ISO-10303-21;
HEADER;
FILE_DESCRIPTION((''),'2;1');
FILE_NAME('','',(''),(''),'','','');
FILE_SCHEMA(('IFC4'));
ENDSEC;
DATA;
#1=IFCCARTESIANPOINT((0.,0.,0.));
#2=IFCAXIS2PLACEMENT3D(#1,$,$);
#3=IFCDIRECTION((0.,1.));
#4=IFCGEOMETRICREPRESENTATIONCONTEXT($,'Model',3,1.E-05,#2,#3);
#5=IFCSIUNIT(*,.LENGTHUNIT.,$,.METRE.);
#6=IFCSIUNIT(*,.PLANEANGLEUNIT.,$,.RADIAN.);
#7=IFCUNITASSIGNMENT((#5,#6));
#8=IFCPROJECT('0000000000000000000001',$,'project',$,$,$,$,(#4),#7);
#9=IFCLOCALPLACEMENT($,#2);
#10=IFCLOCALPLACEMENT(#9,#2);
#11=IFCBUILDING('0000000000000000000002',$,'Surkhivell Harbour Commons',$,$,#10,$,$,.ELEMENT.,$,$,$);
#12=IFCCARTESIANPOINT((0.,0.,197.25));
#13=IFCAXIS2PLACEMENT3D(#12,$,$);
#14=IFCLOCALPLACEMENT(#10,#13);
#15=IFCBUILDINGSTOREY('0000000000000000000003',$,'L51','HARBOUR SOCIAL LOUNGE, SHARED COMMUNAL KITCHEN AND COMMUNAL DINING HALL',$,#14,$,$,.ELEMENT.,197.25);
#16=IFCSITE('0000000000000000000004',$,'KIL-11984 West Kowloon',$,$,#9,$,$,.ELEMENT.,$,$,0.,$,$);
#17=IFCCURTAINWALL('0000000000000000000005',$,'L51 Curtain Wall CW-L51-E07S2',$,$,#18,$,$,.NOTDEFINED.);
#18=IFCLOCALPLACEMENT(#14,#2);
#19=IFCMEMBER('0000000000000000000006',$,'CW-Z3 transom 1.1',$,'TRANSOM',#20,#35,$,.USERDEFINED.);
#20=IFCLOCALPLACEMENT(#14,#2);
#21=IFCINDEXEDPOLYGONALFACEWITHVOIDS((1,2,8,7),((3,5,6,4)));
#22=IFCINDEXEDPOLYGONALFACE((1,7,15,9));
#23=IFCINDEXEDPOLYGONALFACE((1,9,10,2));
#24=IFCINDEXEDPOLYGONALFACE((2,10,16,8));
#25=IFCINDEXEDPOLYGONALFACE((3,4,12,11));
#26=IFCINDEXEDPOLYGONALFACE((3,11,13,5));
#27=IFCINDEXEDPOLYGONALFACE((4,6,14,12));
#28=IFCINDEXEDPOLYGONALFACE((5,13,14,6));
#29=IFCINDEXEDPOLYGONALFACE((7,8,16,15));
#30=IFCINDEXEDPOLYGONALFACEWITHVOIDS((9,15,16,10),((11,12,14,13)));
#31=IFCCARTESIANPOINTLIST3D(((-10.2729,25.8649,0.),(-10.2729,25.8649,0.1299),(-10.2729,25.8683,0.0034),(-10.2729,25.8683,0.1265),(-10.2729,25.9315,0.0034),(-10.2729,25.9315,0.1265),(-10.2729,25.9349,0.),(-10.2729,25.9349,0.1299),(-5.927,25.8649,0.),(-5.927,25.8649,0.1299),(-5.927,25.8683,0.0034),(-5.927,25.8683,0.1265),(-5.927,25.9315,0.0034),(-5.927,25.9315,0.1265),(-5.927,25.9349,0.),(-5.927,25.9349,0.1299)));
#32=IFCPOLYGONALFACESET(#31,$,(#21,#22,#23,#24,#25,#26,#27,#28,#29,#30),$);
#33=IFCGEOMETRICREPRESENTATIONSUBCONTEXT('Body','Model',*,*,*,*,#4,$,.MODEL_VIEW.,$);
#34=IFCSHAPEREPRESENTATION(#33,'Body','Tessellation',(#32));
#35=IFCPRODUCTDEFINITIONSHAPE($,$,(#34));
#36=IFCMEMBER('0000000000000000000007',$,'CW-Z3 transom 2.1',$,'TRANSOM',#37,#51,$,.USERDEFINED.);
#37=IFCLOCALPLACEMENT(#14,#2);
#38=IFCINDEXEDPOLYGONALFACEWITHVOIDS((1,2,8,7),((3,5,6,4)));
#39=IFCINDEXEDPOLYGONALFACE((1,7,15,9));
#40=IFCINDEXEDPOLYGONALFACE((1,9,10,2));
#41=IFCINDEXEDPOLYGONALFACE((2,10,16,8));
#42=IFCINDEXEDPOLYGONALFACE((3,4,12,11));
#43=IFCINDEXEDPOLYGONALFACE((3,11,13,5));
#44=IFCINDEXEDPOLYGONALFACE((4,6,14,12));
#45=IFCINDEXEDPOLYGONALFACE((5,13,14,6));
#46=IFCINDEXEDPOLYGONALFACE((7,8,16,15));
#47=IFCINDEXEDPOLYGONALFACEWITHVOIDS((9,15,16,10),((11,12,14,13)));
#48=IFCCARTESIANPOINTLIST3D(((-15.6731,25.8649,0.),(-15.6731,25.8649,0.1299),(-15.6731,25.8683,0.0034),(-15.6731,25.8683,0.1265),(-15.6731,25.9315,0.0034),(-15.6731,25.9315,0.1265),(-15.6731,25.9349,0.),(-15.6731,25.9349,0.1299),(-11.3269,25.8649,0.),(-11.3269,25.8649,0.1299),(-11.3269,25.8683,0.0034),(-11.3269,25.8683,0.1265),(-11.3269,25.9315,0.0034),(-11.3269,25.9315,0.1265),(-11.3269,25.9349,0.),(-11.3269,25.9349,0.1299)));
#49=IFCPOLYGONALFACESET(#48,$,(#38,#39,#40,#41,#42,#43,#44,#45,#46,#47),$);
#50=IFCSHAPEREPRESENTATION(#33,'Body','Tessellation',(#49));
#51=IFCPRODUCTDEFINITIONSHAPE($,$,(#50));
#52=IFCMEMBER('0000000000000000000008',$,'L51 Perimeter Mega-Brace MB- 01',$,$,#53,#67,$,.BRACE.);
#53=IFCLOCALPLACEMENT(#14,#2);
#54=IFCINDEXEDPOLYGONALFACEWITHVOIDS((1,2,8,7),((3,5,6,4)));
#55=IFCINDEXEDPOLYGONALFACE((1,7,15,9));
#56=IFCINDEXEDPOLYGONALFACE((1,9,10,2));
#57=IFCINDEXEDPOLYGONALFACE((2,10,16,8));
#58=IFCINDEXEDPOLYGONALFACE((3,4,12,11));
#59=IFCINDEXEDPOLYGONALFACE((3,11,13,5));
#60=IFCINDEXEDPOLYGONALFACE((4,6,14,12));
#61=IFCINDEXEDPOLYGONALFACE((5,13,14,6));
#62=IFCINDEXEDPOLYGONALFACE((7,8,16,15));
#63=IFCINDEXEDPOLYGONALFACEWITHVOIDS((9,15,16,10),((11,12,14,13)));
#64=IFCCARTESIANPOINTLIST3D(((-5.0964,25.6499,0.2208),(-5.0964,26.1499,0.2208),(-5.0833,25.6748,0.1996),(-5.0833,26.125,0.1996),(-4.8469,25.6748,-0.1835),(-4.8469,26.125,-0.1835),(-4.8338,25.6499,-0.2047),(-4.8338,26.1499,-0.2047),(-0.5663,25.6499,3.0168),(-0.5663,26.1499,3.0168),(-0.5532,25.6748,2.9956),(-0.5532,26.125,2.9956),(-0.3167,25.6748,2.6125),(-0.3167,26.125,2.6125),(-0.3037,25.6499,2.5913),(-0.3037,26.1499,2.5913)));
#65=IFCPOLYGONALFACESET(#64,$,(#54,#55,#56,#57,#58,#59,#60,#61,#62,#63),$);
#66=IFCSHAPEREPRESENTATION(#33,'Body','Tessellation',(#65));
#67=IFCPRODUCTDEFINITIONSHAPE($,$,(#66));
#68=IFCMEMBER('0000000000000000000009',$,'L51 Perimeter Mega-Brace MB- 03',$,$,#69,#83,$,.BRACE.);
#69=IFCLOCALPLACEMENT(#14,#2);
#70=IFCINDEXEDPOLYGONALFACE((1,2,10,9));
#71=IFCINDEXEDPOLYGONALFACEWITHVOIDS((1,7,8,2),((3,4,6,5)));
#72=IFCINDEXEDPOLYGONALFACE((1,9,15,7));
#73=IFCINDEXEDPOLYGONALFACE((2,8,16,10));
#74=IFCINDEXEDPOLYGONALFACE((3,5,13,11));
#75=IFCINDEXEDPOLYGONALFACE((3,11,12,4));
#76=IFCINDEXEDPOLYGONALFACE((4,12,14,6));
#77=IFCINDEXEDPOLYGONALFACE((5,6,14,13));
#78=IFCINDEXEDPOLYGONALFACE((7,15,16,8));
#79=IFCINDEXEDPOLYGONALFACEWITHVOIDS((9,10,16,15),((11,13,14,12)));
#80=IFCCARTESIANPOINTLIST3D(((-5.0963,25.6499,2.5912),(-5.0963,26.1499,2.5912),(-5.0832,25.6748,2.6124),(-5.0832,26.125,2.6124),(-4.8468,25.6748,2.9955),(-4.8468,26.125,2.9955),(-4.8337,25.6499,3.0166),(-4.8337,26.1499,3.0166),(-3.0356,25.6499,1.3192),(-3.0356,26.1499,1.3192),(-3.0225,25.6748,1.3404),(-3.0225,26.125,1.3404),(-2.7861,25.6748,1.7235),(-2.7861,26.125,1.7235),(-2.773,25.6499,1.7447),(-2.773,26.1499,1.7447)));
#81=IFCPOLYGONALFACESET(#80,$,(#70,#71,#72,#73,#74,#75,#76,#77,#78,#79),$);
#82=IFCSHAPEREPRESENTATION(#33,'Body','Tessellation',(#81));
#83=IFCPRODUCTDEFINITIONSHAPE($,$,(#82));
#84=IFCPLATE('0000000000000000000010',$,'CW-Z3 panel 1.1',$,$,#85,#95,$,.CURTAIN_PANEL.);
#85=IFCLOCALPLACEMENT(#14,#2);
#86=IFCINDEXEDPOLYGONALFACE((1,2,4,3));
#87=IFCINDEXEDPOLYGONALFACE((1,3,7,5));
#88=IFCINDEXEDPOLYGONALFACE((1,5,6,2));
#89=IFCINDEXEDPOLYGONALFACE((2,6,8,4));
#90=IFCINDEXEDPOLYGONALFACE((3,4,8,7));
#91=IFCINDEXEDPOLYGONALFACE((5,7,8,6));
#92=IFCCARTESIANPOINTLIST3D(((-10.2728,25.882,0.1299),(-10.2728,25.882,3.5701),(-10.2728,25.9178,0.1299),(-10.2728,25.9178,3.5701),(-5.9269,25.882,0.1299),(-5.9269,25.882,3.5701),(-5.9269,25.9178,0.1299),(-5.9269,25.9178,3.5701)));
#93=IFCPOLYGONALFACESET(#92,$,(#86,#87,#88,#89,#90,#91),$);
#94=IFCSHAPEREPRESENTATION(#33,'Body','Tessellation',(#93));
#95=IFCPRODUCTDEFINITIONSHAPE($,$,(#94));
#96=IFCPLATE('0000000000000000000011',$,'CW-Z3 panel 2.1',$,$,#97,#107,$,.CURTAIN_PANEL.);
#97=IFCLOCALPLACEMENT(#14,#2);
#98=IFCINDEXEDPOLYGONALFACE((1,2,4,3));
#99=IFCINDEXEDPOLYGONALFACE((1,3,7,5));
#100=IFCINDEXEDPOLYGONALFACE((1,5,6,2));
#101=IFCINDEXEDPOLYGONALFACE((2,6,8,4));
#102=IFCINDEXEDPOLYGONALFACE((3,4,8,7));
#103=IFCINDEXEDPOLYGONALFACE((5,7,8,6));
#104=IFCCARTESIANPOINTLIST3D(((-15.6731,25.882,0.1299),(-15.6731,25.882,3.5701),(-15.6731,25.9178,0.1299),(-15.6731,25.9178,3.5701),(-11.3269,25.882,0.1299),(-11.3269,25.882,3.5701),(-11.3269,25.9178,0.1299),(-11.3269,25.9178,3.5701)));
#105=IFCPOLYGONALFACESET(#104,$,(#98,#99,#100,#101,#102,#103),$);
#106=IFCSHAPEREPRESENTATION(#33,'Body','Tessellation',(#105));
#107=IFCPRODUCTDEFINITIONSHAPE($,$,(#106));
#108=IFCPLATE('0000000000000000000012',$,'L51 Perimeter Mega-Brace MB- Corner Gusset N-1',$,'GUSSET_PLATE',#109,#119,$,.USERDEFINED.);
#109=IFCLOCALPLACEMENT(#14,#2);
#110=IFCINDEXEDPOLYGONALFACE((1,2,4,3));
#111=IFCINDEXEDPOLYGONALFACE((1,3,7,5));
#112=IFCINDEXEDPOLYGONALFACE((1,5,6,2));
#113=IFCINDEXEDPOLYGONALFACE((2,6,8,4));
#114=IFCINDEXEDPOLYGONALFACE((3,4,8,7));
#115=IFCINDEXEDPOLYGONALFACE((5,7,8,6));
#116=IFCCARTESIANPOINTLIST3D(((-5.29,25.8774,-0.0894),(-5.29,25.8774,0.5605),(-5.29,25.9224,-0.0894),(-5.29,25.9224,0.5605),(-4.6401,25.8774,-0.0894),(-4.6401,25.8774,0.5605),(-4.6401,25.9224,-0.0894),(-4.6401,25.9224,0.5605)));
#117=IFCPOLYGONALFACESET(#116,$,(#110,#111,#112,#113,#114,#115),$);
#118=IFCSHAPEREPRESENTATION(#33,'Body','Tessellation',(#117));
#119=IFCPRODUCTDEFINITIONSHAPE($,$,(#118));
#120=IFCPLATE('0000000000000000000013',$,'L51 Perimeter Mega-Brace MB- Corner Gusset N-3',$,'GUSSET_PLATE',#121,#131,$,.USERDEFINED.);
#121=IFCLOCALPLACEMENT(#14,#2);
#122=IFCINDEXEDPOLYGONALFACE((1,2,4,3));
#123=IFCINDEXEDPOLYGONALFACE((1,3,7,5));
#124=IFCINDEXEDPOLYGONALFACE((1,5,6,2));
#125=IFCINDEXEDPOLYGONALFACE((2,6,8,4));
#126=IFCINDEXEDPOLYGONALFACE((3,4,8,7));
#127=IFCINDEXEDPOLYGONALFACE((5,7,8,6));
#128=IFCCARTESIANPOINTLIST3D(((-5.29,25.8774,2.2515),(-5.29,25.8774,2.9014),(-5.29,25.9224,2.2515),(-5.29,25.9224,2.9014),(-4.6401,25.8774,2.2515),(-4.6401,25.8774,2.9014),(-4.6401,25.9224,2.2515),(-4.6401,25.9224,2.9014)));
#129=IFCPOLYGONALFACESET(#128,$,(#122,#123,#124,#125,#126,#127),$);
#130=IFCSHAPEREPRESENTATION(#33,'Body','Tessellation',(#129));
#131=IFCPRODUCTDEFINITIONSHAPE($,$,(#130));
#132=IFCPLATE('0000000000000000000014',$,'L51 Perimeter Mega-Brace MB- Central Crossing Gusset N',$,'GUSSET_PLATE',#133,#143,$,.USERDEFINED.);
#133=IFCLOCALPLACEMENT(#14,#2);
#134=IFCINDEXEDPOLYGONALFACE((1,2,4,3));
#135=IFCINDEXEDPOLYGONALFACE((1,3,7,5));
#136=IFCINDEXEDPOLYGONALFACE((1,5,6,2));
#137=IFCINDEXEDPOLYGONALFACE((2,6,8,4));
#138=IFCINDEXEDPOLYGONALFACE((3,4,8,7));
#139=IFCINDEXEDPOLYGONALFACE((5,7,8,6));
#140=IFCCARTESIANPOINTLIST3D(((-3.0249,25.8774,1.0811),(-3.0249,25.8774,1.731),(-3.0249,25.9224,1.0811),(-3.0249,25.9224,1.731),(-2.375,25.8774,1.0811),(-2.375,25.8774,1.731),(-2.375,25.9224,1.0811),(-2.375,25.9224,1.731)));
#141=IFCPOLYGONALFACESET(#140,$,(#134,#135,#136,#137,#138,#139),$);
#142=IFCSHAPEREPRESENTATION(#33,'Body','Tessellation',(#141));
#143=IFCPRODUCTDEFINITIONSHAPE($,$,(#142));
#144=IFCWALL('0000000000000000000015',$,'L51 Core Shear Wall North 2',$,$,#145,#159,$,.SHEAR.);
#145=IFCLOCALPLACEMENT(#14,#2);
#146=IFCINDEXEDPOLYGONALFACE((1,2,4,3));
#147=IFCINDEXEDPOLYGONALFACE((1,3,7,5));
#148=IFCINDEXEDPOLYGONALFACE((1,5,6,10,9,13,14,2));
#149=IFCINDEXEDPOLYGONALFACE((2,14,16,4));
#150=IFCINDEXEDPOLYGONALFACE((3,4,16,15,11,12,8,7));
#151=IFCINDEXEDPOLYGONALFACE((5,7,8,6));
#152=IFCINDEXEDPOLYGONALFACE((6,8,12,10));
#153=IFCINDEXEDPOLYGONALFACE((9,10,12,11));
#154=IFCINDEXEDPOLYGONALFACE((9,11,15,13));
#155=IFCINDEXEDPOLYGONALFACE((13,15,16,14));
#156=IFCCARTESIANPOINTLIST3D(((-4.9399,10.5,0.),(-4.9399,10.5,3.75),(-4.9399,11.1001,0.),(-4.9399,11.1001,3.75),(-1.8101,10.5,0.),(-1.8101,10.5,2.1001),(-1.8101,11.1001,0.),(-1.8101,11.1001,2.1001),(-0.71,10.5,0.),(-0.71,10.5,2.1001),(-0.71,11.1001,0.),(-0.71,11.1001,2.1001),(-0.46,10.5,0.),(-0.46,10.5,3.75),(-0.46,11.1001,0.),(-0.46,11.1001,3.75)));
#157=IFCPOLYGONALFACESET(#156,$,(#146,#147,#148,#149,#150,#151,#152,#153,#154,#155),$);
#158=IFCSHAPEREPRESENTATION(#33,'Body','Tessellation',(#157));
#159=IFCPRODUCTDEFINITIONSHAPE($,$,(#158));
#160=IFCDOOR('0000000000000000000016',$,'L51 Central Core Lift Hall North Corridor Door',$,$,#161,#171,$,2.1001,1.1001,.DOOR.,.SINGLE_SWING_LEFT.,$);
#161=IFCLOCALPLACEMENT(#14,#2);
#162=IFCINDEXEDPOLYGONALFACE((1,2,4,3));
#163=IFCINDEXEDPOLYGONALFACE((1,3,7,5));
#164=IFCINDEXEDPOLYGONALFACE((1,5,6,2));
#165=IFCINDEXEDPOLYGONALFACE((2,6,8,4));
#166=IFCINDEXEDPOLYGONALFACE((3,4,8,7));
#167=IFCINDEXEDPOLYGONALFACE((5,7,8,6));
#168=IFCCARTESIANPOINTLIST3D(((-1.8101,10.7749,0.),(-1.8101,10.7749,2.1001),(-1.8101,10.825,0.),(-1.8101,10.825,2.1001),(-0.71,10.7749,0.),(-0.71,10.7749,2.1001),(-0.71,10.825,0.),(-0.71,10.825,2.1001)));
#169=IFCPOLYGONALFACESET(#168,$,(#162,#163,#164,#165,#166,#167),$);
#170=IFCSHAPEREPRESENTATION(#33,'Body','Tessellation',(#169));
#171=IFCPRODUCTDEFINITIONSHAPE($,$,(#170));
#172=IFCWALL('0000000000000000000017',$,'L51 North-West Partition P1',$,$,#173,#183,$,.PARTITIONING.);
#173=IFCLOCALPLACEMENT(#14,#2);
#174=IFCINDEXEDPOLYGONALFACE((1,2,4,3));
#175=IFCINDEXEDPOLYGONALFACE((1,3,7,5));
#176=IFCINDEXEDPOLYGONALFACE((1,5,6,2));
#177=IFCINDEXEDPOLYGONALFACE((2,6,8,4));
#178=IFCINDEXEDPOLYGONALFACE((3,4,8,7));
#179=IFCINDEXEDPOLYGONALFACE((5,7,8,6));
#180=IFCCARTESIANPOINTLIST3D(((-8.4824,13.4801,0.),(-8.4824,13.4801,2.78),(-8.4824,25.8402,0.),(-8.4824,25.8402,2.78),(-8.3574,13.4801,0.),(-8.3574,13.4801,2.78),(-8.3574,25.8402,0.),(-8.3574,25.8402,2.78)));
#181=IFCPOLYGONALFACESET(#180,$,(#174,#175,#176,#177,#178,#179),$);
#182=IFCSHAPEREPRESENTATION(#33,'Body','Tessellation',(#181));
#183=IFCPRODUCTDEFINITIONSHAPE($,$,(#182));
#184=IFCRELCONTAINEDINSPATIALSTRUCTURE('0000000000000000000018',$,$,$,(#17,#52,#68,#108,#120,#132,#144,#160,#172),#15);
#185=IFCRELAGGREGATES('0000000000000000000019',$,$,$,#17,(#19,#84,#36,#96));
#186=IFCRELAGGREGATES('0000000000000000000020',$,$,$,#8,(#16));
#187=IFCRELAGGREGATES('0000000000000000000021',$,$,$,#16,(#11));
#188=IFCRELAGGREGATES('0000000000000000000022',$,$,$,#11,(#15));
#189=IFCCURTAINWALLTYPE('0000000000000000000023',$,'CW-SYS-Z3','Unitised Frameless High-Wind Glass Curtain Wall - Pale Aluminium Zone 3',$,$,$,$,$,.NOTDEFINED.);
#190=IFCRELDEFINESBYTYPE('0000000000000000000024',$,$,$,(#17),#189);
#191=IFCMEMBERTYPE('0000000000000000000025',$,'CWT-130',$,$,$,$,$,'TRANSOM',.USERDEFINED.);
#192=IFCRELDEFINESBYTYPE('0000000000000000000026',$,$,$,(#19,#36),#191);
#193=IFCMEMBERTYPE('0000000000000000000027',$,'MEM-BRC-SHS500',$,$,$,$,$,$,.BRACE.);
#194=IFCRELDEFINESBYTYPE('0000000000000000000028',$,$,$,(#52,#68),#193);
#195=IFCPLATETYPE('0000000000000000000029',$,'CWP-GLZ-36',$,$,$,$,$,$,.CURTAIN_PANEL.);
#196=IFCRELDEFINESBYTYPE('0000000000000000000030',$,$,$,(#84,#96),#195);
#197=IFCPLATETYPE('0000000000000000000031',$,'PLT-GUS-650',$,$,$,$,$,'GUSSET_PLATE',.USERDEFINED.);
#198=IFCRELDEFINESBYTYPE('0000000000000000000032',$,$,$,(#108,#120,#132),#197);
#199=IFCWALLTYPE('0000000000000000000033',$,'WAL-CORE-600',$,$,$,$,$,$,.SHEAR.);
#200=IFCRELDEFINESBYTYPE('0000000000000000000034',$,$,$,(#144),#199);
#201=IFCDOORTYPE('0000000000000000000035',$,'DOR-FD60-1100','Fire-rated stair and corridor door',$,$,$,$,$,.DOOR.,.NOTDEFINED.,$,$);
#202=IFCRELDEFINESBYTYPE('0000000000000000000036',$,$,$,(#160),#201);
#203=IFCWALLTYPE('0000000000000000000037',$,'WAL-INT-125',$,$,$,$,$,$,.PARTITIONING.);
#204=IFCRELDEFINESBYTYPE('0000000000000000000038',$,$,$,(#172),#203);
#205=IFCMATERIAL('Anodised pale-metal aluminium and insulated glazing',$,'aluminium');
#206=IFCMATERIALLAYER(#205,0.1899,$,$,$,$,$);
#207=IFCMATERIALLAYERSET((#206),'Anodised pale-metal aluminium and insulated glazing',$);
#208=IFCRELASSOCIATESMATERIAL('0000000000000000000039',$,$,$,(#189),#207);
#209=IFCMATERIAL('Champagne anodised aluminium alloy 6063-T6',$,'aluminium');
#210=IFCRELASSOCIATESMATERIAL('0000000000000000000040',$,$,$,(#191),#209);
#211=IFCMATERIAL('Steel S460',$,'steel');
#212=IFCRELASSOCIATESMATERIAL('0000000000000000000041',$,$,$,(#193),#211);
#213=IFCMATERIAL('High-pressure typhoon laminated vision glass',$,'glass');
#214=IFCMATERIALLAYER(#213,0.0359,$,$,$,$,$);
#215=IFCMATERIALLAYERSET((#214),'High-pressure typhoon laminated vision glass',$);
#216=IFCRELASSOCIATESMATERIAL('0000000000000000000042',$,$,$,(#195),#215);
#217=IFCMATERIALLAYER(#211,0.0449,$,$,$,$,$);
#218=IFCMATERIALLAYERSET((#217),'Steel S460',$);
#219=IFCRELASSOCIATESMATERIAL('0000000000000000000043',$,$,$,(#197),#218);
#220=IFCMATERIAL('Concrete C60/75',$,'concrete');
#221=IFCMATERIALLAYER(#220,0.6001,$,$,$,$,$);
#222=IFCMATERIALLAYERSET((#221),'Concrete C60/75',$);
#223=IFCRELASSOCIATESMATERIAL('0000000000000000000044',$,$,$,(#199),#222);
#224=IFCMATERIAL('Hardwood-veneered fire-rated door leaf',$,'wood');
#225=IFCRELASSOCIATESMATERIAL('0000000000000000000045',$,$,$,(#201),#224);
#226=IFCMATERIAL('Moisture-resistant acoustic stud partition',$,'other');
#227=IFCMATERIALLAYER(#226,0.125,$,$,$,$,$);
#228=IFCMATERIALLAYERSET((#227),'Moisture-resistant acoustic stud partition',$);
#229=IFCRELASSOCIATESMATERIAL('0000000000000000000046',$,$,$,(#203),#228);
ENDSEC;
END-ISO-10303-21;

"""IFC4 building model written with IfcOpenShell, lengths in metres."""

from ifc_helpers import new_model, si_unit, direction, frame, frame_2d, origin, origin_2d, place, context, subcontext, project, spatial, rectangle, hollow_rectangle, extrude, material, layer, layer_set, material_profile, profile_set, type_object, element, fill, aggregate, save


model = new_model("IFC4")

# Units and contexts
model_context = context("Model", 3, precision=1e-05, world=origin(), true_north=direction((0.0, 1.0)))
body_context = subcontext(model_context, "Body", "Model", "MODEL_VIEW")
ifc_project = project(units=[si_unit("LENGTHUNIT", "METRE"), si_unit("PLANEANGLEUNIT", "RADIAN")], contexts=[model_context])

# Site, building, storey
site_placement = place(None, origin())
site = spatial("IfcSite", under=ifc_project, at=site_placement, Name="KIL-11984 West Kowloon", CompositionType="ELEMENT", RefElevation=0.0)
building_placement = place(site_placement, origin())
building = spatial("IfcBuilding", under=site, at=building_placement, Name="Surkhivell Harbour Commons", CompositionType="ELEMENT")
storey_placement = place(building_placement, frame((0.0, 0.0, 197.25)))
storey = spatial("IfcBuildingStorey", under=building, at=storey_placement, Name="L51", Description="HARBOUR SOCIAL LOUNGE, SHARED COMMUNAL KITCHEN AND COMMUNAL DINING HALL", CompositionType="ELEMENT", Elevation=197.25)

# Shared definitions
ifc_material_1 = material(Name="Concrete C60/75", Category="concrete")

# Curtain wall, members
ifc_material_2 = material(Name="Anodised pale-metal aluminium and insulated glazing", Category="aluminium")
ifc_layer_1 = layer(ifc_material_2, 0.1899)
ifc_layer_set_1 = layer_set([ifc_layer_1], Name="Anodised pale-metal aluminium and insulated glazing")
curtain_wall_type = type_object("IfcCurtainWallType", Name="CW-SYS-Z3", Description="Unitised Frameless High-Wind Glass Curtain Wall - Pale Aluminium Zone 3", PredefinedType="NOTDEFINED", material=ifc_layer_set_1)
curtain_wall_placement = place(storey_placement, origin())
curtain_wall = element("IfcCurtainWall", 1, at=curtain_wall_placement, inside=storey, type_object=curtain_wall_type, Name="L51 Curtain Wall CW-L51-E07S2", PredefinedType="NOTDEFINED")
ifc_material_3 = material(Name="Champagne anodised aluminium alloy 6063-T6", Category="aluminium")
ifc_material_profile_1 = material_profile(ifc_material_3, hollow_rectangle(XDim=0.0701, YDim=0.1299, WallThickness=0.0034, at=origin_2d()), Name="ALU-TRAN-70x130")
ifc_profile_set_1 = profile_set([ifc_material_profile_1], Name="Champagne anodised aluminium alloy 6063-T6")
member_type_1 = type_object("IfcMemberType", Name="CWT-130", ElementType="TRANSOM", PredefinedType="USERDEFINED", material=ifc_profile_set_1)
member_1_placement = place(storey_placement, frame((-5.927, 25.8999, 0.0649), z_axis=(-1.0, 0.0, 0.0), x_axis=(0.0, -1.0, 0.0)))
member_1 = element("IfcMember", 2, at=member_1_placement, type_object=member_type_1, Name="CW-Z3 transom 1.1", ObjectType="TRANSOM", PredefinedType="USERDEFINED", context=body_context, shape_type="SweptSolid", body=[
    extrude(hollow_rectangle(XDim=0.0701, YDim=0.1299, WallThickness=0.0034, at=origin_2d()), origin(), (0.0, 0.0, 1.0), 4.3459),
])
member_2_placement = place(storey_placement, frame((-11.3269, 25.8999, 0.0649), z_axis=(-1.0, 0.0, 0.0), x_axis=(0.0, -1.0, 0.0)))
member_2 = element("IfcMember", 3, at=member_2_placement, type_object=member_type_1, Name="CW-Z3 transom 2.1", ObjectType="TRANSOM", PredefinedType="USERDEFINED", context=body_context, shape_type="SweptSolid", body=[
    extrude(hollow_rectangle(XDim=0.0701, YDim=0.1299, WallThickness=0.0034, at=origin_2d()), origin(), (0.0, 0.0, 1.0), 4.3462),
])

# Members
ifc_material_4 = material(Name="Steel S460", Category="steel")
ifc_material_profile_2 = material_profile(ifc_material_4, hollow_rectangle(XDim=0.5, YDim=0.5, WallThickness=0.0249, at=origin_2d()), Name="SHS500x500x25")
ifc_profile_set_2 = profile_set([ifc_material_profile_2], Name="Steel S460")
member_type_2 = type_object("IfcMemberType", Name="MEM-BRC-SHS500", PredefinedType="BRACE", material=ifc_profile_set_2)
member_3_placement = place(storey_placement, frame((-4.9651, 25.8999, 0.0081), z_axis=(0.850971, 0.0, 0.525213), x_axis=(0.0, 1.0, 0.0)))
element("IfcMember", 4, at=member_3_placement, inside=storey, type_object=member_type_2, Name="L51 Perimeter Mega-Brace MB- 01", PredefinedType="BRACE", context=body_context, shape_type="SweptSolid", body=[
    extrude(hollow_rectangle(XDim=0.5, YDim=0.5, WallThickness=0.0249, at=origin_2d()), origin(), (0.0, 0.0, 1.0), 5.3235),
])
member_4_placement = place(storey_placement, frame((-2.9043, 25.8999, 1.532), z_axis=(-0.850958, 0.0, 0.525233), x_axis=(0.0, -1.0, 0.0)))
element("IfcMember", 5, at=member_4_placement, inside=storey, type_object=member_type_2, Name="L51 Perimeter Mega-Brace MB- 03", PredefinedType="BRACE", context=body_context, shape_type="SweptSolid", body=[
    extrude(hollow_rectangle(XDim=0.5, YDim=0.5, WallThickness=0.0249, at=origin_2d()), origin(), (0.0, 0.0, 1.0), 2.4216),
])

# Plates
ifc_material_5 = material(Name="High-pressure typhoon laminated vision glass", Category="glass")
ifc_layer_2 = layer(ifc_material_5, 0.0359)
ifc_layer_set_2 = layer_set([ifc_layer_2], Name="High-pressure typhoon laminated vision glass")
plate_type_1 = type_object("IfcPlateType", Name="CWP-GLZ-36", PredefinedType="CURTAIN_PANEL", material=ifc_layer_set_2)
plate_1_placement = place(storey_placement, frame((-5.927, 25.8999, 0.1299), z_axis=(0.0, 0.0, 1.0), x_axis=(-1.0, 0.0, 0.0)))
plate_1 = element("IfcPlate", 6, at=plate_1_placement, type_object=plate_type_1, Name="CW-Z3 panel 1.1", PredefinedType="CURTAIN_PANEL", context=body_context, shape_type="SweptSolid", body=[
    extrude(rectangle(XDim=4.3459, YDim=0.0359, at=frame_2d((2.1729, 0.0))), origin(), (0.0, 0.0, 1.0), 3.4402),
])
plate_2_placement = place(storey_placement, frame((-11.3269, 25.8999, 0.1299), z_axis=(0.0, 0.0, 1.0), x_axis=(-1.0, 0.0, 0.0)))
plate_2 = element("IfcPlate", 7, at=plate_2_placement, type_object=plate_type_1, Name="CW-Z3 panel 2.1", PredefinedType="CURTAIN_PANEL", context=body_context, shape_type="SweptSolid", body=[
    extrude(rectangle(XDim=4.3462, YDim=0.0359, at=frame_2d((2.1731, 0.0))), origin(), (0.0, 0.0, 1.0), 3.4402),
])
aggregate(curtain_wall, [member_1, plate_1, member_2, plate_2])

# Plates
ifc_layer_3 = layer(ifc_material_4, 0.0449)
ifc_layer_set_3 = layer_set([ifc_layer_3], Name="Steel S460")
plate_type_2 = type_object("IfcPlateType", Name="PLT-GUS-650", ElementType="GUSSET_PLATE", PredefinedType="USERDEFINED", material=ifc_layer_set_3)
for number, where, z_axis, x_axis, name in (
    (8, (-4.9651, 25.8999, -0.0894), (0.0, 0.0, 1.0), (1.0, 0.0, 0.0), "L51 Perimeter Mega-Brace MB- Corner Gusset N-1"),
    (9, (-4.9651, 25.8999, 2.2515), (0.0, 0.0, 1.0), (1.0, 0.0, 0.0), "L51 Perimeter Mega-Brace MB- Corner Gusset N-3"),
    (10, (-2.7, 25.8999, 1.0811), (0.0, 0.0, 1.0), (1.0, 0.0, 0.0), "L51 Perimeter Mega-Brace MB- Central Crossing Gusset N"),
):
    element("IfcPlate", number, at=place(storey_placement, frame(where, z_axis=z_axis, x_axis=x_axis)), inside=storey, type_object=plate_type_2, Name=name, ObjectType="GUSSET_PLATE", PredefinedType="USERDEFINED", context=body_context, shape_type="SweptSolid", body=[
        extrude(rectangle(XDim=0.6499, YDim=0.0449, at=origin_2d()), origin(), (0.0, 0.0, 1.0), 0.6499),
    ])

# Wall, opening, door
ifc_layer_4 = layer(ifc_material_1, 0.6001)
ifc_layer_set_4 = layer_set([ifc_layer_4], Name="Concrete C60/75")
wall_type_1 = type_object("IfcWallType", Name="WAL-CORE-600", PredefinedType="SHEAR", material=ifc_layer_set_4)
wall_1_placement = place(storey_placement, frame((-4.9399, 10.8, 0.0), z_axis=(0.0, 0.0, 1.0), x_axis=(1.0, 0.0, 0.0)))
wall_1 = element("IfcWall", 11, at=wall_1_placement, inside=storey, type_object=wall_type_1, Name="L51 Core Shear Wall North 2", PredefinedType="SHEAR", context=body_context, shape_type="SweptSolid", body=[
    extrude(rectangle(XDim=4.48, YDim=0.6001, at=frame_2d((2.24, 0.0))), origin(), (0.0, 0.0, 1.0), 3.75),
])
opening_1_placement = place(wall_1_placement, frame((3.1299, 0.0, 0.0)))
opening_1 = element("IfcOpeningElement", 12, at=opening_1_placement, cuts=wall_1, PredefinedType="OPENING", context=body_context, shape_type="SweptSolid", body=[
    extrude(rectangle(XDim=1.1001, YDim=2.1001, at=frame_2d((0.55, 1.05))), frame((0.0, 0.3101, 0.0), z_axis=(0.0, -1.0, 0.0), x_axis=(1.0, 0.0, 0.0)), (0.0, 0.0, 1.0), 0.6201),
])
ifc_material_6 = material(Name="Hardwood-veneered fire-rated door leaf", Category="wood")
door_type_1 = type_object("IfcDoorType", Name="DOR-FD60-1100", Description="Fire-rated stair and corridor door", OperationType="NOTDEFINED", PredefinedType="DOOR", material=ifc_material_6)
door_1_placement = place(opening_1_placement, origin())
door_1 = element("IfcDoor", 13, at=door_1_placement, inside=storey, type_object=door_type_1, Name="L51 Central Core Lift Hall North Corridor Door", OperationType="SINGLE_SWING_LEFT", OverallHeight=2.1001, OverallWidth=1.1001, PredefinedType="DOOR", context=body_context, shape_type="SweptSolid", body=[
    extrude(rectangle(XDim=1.1001, YDim=2.1001, at=frame_2d((0.55, 1.05))), frame((0.0, 0.0249, 0.0), z_axis=(0.0, -1.0, 0.0), x_axis=(1.0, 0.0, 0.0)), (0.0, 0.0, 1.0), 0.05),
])
fill(opening_1, door_1)

# Wall
ifc_material_7 = material(Name="Moisture-resistant acoustic stud partition", Category="other")
ifc_layer_5 = layer(ifc_material_7, 0.125)
ifc_layer_set_5 = layer_set([ifc_layer_5], Name="Moisture-resistant acoustic stud partition")
wall_type_2 = type_object("IfcWallType", Name="WAL-INT-125", PredefinedType="PARTITIONING", material=ifc_layer_set_5)
wall_2_placement = place(storey_placement, frame((-8.4199, 13.48, 0.0), z_axis=(0.0, 0.0, 1.0), x_axis=(0.0, 1.0, 0.0)))
element("IfcWall", 14, at=wall_2_placement, inside=storey, type_object=wall_type_2, Name="L51 North-West Partition P1", PredefinedType="PARTITIONING", context=body_context, shape_type="SweptSolid", body=[
    extrude(rectangle(XDim=12.3601, YDim=0.125, at=frame_2d((6.1802, 0.0))), origin(), (0.0, 0.0, 1.0), 2.78),
])

save(model, "model.ifc")
